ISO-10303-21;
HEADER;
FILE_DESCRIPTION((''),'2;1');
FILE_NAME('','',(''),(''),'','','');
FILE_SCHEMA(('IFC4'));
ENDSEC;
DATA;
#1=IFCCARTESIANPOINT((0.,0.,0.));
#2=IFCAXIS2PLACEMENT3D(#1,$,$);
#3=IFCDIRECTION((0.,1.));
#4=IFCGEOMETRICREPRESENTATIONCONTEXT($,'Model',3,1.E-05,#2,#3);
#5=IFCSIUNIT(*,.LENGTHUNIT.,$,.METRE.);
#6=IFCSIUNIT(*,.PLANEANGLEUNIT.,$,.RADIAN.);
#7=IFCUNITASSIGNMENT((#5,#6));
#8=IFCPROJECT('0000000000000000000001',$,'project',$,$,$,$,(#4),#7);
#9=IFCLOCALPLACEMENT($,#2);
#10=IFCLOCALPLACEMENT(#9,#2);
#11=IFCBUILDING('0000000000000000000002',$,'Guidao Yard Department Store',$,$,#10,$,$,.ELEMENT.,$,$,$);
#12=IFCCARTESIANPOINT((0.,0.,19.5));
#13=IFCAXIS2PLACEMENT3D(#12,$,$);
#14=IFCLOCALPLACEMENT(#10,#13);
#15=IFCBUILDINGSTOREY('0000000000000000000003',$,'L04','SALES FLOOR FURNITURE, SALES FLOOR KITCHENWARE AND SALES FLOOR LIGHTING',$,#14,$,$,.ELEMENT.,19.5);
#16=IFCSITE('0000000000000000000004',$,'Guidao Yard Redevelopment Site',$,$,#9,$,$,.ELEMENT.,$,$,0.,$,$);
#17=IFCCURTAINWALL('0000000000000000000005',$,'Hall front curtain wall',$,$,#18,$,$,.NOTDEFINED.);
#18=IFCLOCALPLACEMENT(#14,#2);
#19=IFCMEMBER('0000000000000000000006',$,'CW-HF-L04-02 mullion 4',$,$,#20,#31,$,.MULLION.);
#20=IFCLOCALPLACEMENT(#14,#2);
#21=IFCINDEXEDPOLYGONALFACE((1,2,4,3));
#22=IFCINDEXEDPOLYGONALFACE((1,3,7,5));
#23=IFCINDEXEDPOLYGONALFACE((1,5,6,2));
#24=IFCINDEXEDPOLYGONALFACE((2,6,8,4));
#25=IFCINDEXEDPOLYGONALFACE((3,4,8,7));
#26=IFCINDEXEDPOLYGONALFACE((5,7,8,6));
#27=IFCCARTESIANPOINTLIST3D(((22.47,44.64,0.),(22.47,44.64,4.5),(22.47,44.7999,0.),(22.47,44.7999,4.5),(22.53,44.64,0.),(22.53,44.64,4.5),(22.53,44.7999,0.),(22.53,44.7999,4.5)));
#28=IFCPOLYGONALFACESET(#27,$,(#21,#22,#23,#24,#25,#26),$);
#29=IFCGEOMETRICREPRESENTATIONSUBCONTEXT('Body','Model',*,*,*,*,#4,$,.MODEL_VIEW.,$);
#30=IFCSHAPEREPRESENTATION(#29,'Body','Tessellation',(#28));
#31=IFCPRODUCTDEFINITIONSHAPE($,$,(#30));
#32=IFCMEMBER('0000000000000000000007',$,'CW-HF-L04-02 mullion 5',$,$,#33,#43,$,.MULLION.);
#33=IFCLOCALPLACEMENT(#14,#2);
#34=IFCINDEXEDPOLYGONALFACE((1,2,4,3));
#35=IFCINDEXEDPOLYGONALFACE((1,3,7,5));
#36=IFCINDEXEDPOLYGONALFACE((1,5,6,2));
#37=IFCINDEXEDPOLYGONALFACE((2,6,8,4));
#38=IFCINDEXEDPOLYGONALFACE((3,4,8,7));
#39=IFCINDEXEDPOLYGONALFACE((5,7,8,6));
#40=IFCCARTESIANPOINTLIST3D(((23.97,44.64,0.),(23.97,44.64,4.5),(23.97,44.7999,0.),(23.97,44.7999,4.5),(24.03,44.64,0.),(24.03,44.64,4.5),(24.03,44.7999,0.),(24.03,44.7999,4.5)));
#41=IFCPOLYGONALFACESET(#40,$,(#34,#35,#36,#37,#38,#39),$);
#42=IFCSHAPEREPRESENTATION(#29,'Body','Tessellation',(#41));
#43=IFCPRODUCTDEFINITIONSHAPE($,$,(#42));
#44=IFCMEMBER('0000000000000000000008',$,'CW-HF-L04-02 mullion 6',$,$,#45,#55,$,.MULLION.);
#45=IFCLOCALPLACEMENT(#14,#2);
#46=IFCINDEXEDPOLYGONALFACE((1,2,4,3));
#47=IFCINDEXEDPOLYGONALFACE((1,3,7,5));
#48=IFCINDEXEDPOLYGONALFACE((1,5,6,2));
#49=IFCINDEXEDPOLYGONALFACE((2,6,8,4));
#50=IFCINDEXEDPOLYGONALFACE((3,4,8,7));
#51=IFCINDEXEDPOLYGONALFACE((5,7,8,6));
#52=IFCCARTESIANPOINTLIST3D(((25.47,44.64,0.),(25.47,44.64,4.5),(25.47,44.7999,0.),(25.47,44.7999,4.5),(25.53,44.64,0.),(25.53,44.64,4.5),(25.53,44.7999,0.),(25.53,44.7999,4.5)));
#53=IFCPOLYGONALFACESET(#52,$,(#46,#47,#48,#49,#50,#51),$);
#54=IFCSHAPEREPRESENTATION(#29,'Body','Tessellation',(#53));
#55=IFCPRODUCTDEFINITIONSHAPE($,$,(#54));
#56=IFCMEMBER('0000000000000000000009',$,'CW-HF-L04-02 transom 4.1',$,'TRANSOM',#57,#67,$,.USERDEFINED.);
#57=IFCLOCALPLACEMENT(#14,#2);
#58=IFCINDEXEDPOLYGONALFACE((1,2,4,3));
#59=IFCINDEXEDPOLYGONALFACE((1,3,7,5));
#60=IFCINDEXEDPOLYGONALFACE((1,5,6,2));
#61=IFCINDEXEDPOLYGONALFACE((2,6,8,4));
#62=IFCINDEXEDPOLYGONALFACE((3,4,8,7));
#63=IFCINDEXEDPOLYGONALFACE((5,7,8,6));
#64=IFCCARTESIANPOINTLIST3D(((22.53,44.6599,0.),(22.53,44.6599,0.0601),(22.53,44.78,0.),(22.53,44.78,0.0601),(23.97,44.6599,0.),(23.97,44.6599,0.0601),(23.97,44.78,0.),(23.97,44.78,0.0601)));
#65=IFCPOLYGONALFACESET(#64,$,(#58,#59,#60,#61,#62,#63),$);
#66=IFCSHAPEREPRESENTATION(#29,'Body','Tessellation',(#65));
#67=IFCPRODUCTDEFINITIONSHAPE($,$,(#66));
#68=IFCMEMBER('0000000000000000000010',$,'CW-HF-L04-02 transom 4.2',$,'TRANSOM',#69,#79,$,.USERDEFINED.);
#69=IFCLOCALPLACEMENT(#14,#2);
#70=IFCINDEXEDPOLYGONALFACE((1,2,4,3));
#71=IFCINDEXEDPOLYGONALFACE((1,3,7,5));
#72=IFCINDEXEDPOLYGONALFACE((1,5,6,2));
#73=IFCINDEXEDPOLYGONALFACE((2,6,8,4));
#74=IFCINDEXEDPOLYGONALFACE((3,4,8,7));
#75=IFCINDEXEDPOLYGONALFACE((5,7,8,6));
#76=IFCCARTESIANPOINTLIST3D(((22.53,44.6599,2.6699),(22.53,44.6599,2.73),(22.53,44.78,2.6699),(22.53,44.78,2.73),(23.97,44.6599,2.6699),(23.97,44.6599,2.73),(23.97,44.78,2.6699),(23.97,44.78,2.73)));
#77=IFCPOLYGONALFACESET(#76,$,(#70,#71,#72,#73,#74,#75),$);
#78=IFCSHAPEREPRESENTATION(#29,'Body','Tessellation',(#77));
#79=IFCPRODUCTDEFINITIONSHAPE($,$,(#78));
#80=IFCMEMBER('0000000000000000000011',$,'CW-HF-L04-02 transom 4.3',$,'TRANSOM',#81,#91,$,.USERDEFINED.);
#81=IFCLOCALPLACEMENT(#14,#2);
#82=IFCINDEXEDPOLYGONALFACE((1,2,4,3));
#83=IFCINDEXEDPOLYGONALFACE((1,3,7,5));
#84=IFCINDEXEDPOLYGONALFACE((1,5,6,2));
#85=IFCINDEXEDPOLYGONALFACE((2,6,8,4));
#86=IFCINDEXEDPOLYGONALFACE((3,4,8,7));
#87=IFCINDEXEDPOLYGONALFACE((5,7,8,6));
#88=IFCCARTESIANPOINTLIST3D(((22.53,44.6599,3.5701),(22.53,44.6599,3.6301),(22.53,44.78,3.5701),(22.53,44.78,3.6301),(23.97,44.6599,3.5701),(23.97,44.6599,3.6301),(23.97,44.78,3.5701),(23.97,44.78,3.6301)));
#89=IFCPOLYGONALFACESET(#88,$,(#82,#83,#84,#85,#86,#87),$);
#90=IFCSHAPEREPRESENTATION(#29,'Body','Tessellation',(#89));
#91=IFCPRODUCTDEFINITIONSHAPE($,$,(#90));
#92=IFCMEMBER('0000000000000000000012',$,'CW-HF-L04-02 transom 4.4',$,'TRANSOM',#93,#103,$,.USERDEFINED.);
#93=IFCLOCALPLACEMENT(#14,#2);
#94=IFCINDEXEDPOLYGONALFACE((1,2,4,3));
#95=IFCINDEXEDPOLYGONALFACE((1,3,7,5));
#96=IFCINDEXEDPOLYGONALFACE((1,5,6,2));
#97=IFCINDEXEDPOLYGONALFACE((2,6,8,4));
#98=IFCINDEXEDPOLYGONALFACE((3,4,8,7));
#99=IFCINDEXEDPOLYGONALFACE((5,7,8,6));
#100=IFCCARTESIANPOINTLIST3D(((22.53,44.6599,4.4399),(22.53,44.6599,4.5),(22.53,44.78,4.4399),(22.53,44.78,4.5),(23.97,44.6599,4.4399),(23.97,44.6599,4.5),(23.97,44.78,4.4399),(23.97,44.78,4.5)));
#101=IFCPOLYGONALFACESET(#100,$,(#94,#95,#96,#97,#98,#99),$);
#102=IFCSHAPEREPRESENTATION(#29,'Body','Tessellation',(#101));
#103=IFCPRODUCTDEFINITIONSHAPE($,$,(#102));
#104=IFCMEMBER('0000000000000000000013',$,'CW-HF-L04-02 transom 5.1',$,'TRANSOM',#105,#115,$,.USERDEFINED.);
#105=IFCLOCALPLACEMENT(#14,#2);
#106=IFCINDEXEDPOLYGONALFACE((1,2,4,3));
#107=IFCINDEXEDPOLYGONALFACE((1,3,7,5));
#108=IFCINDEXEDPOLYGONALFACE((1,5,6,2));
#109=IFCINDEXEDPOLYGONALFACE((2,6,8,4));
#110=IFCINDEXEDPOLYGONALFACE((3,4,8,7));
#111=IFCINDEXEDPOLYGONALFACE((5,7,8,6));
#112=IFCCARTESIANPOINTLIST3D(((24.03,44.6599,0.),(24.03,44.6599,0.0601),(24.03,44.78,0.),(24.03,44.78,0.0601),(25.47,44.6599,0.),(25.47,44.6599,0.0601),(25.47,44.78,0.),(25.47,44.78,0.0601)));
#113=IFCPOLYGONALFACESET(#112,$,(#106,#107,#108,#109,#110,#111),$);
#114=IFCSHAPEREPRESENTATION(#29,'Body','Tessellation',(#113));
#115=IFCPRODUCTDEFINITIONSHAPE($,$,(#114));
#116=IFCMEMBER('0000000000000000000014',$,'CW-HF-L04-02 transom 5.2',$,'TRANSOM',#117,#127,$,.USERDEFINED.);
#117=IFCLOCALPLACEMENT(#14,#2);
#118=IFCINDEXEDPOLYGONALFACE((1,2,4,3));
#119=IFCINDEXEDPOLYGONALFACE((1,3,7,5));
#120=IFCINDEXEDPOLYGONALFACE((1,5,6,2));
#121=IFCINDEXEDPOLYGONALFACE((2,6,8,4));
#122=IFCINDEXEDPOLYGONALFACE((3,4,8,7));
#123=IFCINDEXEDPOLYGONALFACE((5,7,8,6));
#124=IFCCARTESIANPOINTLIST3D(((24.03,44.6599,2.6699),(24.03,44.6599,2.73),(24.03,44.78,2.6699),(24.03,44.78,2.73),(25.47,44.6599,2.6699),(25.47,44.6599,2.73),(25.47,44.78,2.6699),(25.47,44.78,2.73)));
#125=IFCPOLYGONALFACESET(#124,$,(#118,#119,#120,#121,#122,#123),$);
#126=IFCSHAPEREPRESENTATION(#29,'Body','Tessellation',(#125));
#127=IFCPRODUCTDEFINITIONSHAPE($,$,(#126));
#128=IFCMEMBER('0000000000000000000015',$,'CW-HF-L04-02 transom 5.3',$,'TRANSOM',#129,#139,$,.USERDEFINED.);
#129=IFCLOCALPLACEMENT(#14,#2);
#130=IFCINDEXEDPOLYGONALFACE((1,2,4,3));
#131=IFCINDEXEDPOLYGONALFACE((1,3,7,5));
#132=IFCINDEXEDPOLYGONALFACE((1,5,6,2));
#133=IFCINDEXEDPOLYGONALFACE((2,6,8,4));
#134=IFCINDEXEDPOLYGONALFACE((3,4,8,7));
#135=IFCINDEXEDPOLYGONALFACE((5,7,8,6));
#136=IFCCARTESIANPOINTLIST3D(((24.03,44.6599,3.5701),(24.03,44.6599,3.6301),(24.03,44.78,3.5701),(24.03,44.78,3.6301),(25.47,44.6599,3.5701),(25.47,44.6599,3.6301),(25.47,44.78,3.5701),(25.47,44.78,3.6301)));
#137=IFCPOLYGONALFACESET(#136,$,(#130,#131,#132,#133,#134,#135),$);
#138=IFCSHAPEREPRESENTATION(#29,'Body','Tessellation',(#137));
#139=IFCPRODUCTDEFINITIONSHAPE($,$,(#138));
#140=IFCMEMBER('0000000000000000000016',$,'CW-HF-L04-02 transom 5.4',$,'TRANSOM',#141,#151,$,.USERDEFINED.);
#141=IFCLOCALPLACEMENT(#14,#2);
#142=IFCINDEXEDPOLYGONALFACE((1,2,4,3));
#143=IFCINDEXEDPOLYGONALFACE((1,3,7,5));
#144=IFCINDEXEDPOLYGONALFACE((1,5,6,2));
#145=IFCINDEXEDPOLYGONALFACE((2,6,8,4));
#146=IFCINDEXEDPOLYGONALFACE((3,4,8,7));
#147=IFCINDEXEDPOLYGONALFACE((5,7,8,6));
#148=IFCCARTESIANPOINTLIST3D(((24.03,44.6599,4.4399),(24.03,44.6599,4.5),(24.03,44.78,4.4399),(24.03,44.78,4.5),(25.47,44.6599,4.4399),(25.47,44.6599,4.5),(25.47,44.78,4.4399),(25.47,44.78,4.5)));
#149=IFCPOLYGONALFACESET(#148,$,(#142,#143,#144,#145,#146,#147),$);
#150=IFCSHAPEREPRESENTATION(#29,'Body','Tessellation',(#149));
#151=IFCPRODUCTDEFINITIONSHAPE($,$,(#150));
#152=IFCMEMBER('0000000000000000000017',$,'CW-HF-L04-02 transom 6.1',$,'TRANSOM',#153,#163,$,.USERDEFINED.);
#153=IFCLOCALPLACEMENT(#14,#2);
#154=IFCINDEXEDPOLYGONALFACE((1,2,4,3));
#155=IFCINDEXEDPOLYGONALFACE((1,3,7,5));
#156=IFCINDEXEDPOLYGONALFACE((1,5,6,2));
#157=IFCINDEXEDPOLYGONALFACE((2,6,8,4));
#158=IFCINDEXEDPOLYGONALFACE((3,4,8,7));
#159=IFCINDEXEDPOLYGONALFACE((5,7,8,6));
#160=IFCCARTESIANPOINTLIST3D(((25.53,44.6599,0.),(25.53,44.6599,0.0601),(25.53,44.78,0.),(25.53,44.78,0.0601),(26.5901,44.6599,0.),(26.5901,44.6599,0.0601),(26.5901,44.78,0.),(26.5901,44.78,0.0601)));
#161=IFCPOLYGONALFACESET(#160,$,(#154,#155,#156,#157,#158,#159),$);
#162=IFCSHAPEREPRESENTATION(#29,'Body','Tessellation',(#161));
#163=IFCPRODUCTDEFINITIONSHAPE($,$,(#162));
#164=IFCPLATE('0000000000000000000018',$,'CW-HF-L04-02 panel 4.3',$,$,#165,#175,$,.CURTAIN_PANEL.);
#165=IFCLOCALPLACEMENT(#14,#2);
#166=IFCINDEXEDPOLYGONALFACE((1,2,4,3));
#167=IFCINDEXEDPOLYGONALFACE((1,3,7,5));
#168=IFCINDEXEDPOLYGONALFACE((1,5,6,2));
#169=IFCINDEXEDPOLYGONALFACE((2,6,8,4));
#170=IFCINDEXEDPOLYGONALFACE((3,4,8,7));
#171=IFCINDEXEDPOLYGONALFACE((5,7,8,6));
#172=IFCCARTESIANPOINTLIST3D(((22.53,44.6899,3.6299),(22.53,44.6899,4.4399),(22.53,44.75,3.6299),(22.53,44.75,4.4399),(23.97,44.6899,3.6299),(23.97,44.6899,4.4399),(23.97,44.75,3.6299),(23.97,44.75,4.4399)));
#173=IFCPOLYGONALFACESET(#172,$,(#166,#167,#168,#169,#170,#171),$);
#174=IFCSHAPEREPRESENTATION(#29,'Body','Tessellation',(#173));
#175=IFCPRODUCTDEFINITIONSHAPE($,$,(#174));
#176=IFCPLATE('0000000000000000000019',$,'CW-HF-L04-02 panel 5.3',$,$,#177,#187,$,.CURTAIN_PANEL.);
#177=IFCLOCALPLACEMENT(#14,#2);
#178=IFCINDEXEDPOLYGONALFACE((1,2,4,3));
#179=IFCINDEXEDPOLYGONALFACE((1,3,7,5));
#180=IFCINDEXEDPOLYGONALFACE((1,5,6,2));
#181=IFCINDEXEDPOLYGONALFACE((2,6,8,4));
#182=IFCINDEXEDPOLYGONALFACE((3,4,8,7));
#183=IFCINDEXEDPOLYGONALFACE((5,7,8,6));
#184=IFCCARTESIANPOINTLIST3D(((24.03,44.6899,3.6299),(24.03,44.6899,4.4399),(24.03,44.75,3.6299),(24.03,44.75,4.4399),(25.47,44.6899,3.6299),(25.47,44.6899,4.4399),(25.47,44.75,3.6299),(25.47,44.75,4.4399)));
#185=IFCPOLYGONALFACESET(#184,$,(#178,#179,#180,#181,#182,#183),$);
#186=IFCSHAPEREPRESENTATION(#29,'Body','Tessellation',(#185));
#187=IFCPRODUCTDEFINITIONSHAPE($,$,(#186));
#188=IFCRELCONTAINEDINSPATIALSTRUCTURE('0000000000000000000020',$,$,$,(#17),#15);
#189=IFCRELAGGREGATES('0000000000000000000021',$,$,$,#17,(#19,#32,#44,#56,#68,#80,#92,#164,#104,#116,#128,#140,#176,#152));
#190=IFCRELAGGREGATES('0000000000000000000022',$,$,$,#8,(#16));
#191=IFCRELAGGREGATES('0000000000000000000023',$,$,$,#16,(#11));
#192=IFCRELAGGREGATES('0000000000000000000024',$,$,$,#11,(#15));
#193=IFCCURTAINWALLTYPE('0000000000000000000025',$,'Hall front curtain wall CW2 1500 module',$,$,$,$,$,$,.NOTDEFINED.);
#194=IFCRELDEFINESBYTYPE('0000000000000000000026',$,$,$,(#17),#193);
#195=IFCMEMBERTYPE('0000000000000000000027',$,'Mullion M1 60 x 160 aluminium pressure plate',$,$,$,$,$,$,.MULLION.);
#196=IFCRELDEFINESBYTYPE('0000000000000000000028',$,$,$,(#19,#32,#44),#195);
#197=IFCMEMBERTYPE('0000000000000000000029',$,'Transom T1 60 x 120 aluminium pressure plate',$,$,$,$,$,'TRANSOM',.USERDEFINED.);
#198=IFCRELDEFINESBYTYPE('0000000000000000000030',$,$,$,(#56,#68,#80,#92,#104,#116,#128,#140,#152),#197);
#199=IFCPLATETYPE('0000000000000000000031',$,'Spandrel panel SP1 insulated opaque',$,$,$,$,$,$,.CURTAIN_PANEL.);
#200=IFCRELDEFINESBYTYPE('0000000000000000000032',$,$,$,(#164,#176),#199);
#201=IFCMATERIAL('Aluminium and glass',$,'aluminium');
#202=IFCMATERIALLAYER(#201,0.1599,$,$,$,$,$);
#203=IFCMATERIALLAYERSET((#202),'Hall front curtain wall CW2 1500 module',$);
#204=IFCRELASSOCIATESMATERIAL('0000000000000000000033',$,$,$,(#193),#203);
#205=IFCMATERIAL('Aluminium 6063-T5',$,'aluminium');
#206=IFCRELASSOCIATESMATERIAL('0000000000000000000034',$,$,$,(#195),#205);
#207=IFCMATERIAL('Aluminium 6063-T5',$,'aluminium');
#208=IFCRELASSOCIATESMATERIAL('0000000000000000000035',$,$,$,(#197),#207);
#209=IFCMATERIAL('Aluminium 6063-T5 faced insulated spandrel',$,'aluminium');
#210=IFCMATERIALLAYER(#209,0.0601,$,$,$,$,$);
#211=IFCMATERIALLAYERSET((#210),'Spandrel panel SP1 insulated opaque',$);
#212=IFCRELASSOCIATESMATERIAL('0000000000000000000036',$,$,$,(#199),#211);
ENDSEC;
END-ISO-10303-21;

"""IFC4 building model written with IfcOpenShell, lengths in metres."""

from ifc_helpers import new_model, si_unit, direction, frame, origin, origin_2d, place, context, subcontext, project, spatial, rectangle, extrude, material, layer, layer_set, material_profile, profile_set, type_object, element, aggregate, save


model = new_model("IFC4")

# Units and contexts
model_context = context("Model", 3, precision=1e-05, world=origin(), true_north=direction((0.0, 1.0)))
body_context = subcontext(model_context, "Body", "Model", "MODEL_VIEW")
ifc_project = project(units=[si_unit("LENGTHUNIT", "METRE"), si_unit("PLANEANGLEUNIT", "RADIAN")], contexts=[model_context])

# Site, building, storey
site_placement = place(None, origin())
site = spatial("IfcSite", under=ifc_project, at=site_placement, Name="Guidao Yard Redevelopment Site", CompositionType="ELEMENT", RefElevation=0.0)
building_placement = place(site_placement, origin())
building = spatial("IfcBuilding", under=site, at=building_placement, Name="Guidao Yard Department Store", CompositionType="ELEMENT")
storey_placement = place(building_placement, frame((0.0, 0.0, 19.5)))
storey = spatial("IfcBuildingStorey", under=building, at=storey_placement, Name="L04", Description="SALES FLOOR FURNITURE, SALES FLOOR KITCHENWARE AND SALES FLOOR LIGHTING", CompositionType="ELEMENT", Elevation=19.5)

# Curtain wall, members, plates
ifc_material_1 = material(Name="Aluminium and glass", Category="aluminium")
ifc_layer_1 = layer(ifc_material_1, 0.1599)
ifc_layer_set_1 = layer_set([ifc_layer_1], Name="Hall front curtain wall CW2 1500 module")
curtain_wall_type = type_object("IfcCurtainWallType", Name="Hall front curtain wall CW2 1500 module", PredefinedType="NOTDEFINED", material=ifc_layer_set_1)
curtain_wall_placement = place(storey_placement, origin())
curtain_wall = element("IfcCurtainWall", 1, at=curtain_wall_placement, inside=storey, type_object=curtain_wall_type, Name="Hall front curtain wall", PredefinedType="NOTDEFINED")
ifc_material_2 = material(Name="Aluminium 6063-T5", Category="aluminium")
ifc_material_profile_1 = material_profile(ifc_material_2, rectangle(XDim=0.0601, YDim=0.1599, at=origin_2d()), Name="Mullion M1 60 x 160 aluminium pressure plate")
ifc_profile_set_1 = profile_set([ifc_material_profile_1], Name="Aluminium 6063-T5")
member_type_1 = type_object("IfcMemberType", Name="Mullion M1 60 x 160 aluminium pressure plate", PredefinedType="MULLION", material=ifc_profile_set_1)
member_1_placement = place(storey_placement, frame((22.5, 44.72, 0.0), z_axis=(0.0, 0.0, 1.0), x_axis=(-1.0, 0.0, 0.0)))
member_1 = element("IfcMember", 2, at=member_1_placement, type_object=member_type_1, Name="CW-HF-L04-02 mullion 4", PredefinedType="MULLION", context=body_context, shape_type="SweptSolid", body=[
    extrude(rectangle(XDim=0.0601, YDim=0.1599, at=origin_2d()), origin(), (0.0, 0.0, 1.0), 4.5),
])
member_2_placement = place(storey_placement, frame((24.0, 44.72, 0.0), z_axis=(0.0, 0.0, 1.0), x_axis=(-1.0, 0.0, 0.0)))
member_2 = element("IfcMember", 3, at=member_2_placement, type_object=member_type_1, Name="CW-HF-L04-02 mullion 5", PredefinedType="MULLION", context=body_context, shape_type="SweptSolid", body=[
    extrude(rectangle(XDim=0.0601, YDim=0.1599, at=origin_2d()), origin(), (0.0, 0.0, 1.0), 4.5),
])
member_3_placement = place(storey_placement, frame((25.5, 44.72, 0.0), z_axis=(0.0, 0.0, 1.0), x_axis=(-1.0, 0.0, 0.0)))
member_3 = element("IfcMember", 4, at=member_3_placement, type_object=member_type_1, Name="CW-HF-L04-02 mullion 6", PredefinedType="MULLION", context=body_context, shape_type="SweptSolid", body=[
    extrude(rectangle(XDim=0.0601, YDim=0.1599, at=origin_2d()), origin(), (0.0, 0.0, 1.0), 4.5),
])
ifc_material_3 = material(Name="Aluminium 6063-T5", Category="aluminium")
ifc_material_profile_2 = material_profile(ifc_material_3, rectangle(XDim=0.1201, YDim=0.0601, at=origin_2d()), Name="Transom T1 60 x 120 aluminium pressure plate")
ifc_profile_set_2 = profile_set([ifc_material_profile_2], Name="Aluminium 6063-T5")
member_type_2 = type_object("IfcMemberType", Name="Transom T1 60 x 120 aluminium pressure plate", ElementType="TRANSOM", PredefinedType="USERDEFINED", material=ifc_profile_set_2)
member_4_placement = place(storey_placement, frame((23.97, 44.72, 0.03), z_axis=(-1.0, 0.0, 0.0), x_axis=(0.0, -1.0, 0.0)))
member_4 = element("IfcMember", 5, at=member_4_placement, type_object=member_type_2, Name="CW-HF-L04-02 transom 4.1", ObjectType="TRANSOM", PredefinedType="USERDEFINED", context=body_context, shape_type="SweptSolid", body=[
    extrude(rectangle(XDim=0.1201, YDim=0.0601, at=origin_2d()), origin(), (0.0, 0.0, 1.0), 1.4399),
])
member_5_placement = place(storey_placement, frame((23.97, 44.72, 2.7), z_axis=(-1.0, 0.0, 0.0), x_axis=(0.0, -1.0, 0.0)))
member_5 = element("IfcMember", 6, at=member_5_placement, type_object=member_type_2, Name="CW-HF-L04-02 transom 4.2", ObjectType="TRANSOM", PredefinedType="USERDEFINED", context=body_context, shape_type="SweptSolid", body=[
    extrude(rectangle(XDim=0.1201, YDim=0.0601, at=origin_2d()), origin(), (0.0, 0.0, 1.0), 1.4399),
])
member_6_placement = place(storey_placement, frame((23.97, 44.72, 3.6001), z_axis=(-1.0, 0.0, 0.0), x_axis=(0.0, -1.0, 0.0)))
member_6 = element("IfcMember", 7, at=member_6_placement, type_object=member_type_2, Name="CW-HF-L04-02 transom 4.3", ObjectType="TRANSOM", PredefinedType="USERDEFINED", context=body_context, shape_type="SweptSolid", body=[
    extrude(rectangle(XDim=0.1201, YDim=0.0601, at=origin_2d()), origin(), (0.0, 0.0, 1.0), 1.4399),
])
member_7_placement = place(storey_placement, frame((23.97, 44.72, 4.47), z_axis=(-1.0, 0.0, 0.0), x_axis=(0.0, -1.0, 0.0)))
member_7 = element("IfcMember", 8, at=member_7_placement, type_object=member_type_2, Name="CW-HF-L04-02 transom 4.4", ObjectType="TRANSOM", PredefinedType="USERDEFINED", context=body_context, shape_type="SweptSolid", body=[
    extrude(rectangle(XDim=0.1201, YDim=0.0601, at=origin_2d()), origin(), (0.0, 0.0, 1.0), 1.4399),
])
member_8_placement = place(storey_placement, frame((25.47, 44.72, 0.03), z_axis=(-1.0, 0.0, 0.0), x_axis=(0.0, -1.0, 0.0)))
member_8 = element("IfcMember", 9, at=member_8_placement, type_object=member_type_2, Name="CW-HF-L04-02 transom 5.1", ObjectType="TRANSOM", PredefinedType="USERDEFINED", context=body_context, shape_type="SweptSolid", body=[
    extrude(rectangle(XDim=0.1201, YDim=0.0601, at=origin_2d()), origin(), (0.0, 0.0, 1.0), 1.4399),
])
member_9_placement = place(storey_placement, frame((25.47, 44.72, 2.7), z_axis=(-1.0, 0.0, 0.0), x_axis=(0.0, -1.0, 0.0)))
member_9 = element("IfcMember", 10, at=member_9_placement, type_object=member_type_2, Name="CW-HF-L04-02 transom 5.2", ObjectType="TRANSOM", PredefinedType="USERDEFINED", context=body_context, shape_type="SweptSolid", body=[
    extrude(rectangle(XDim=0.1201, YDim=0.0601, at=origin_2d()), origin(), (0.0, 0.0, 1.0), 1.4399),
])
member_10_placement = place(storey_placement, frame((25.47, 44.72, 3.6001), z_axis=(-1.0, 0.0, 0.0), x_axis=(0.0, -1.0, 0.0)))
member_10 = element("IfcMember", 11, at=member_10_placement, type_object=member_type_2, Name="CW-HF-L04-02 transom 5.3", ObjectType="TRANSOM", PredefinedType="USERDEFINED", context=body_context, shape_type="SweptSolid", body=[
    extrude(rectangle(XDim=0.1201, YDim=0.0601, at=origin_2d()), origin(), (0.0, 0.0, 1.0), 1.4399),
])
member_11_placement = place(storey_placement, frame((25.47, 44.72, 4.47), z_axis=(-1.0, 0.0, 0.0), x_axis=(0.0, -1.0, 0.0)))
member_11 = element("IfcMember", 12, at=member_11_placement, type_object=member_type_2, Name="CW-HF-L04-02 transom 5.4", ObjectType="TRANSOM", PredefinedType="USERDEFINED", context=body_context, shape_type="SweptSolid", body=[
    extrude(rectangle(XDim=0.1201, YDim=0.0601, at=origin_2d()), origin(), (0.0, 0.0, 1.0), 1.4399),
])
member_12_placement = place(storey_placement, frame((26.5901, 44.72, 0.03), z_axis=(-1.0, 0.0, 0.0), x_axis=(0.0, -1.0, 0.0)))
member_12 = element("IfcMember", 13, at=member_12_placement, type_object=member_type_2, Name="CW-HF-L04-02 transom 6.1", ObjectType="TRANSOM", PredefinedType="USERDEFINED", context=body_context, shape_type="SweptSolid", body=[
    extrude(rectangle(XDim=0.1201, YDim=0.0601, at=origin_2d()), origin(), (0.0, 0.0, 1.0), 1.0601),
])
ifc_material_4 = material(Name="Aluminium 6063-T5 faced insulated spandrel", Category="aluminium")
ifc_layer_2 = layer(ifc_material_4, 0.0601)
ifc_layer_set_2 = layer_set([ifc_layer_2], Name="Spandrel panel SP1 insulated opaque")
plate_type_1 = type_object("IfcPlateType", Name="Spandrel panel SP1 insulated opaque", PredefinedType="CURTAIN_PANEL", material=ifc_layer_set_2)
plate_1_placement = place(storey_placement, frame((23.25, 44.72, 3.6299), z_axis=(0.0, 0.0, 1.0), x_axis=(-1.0, 0.0, 0.0)))
plate_1 = element("IfcPlate", 14, at=plate_1_placement, type_object=plate_type_1, Name="CW-HF-L04-02 panel 4.3", PredefinedType="CURTAIN_PANEL", context=body_context, shape_type="SweptSolid", body=[
    extrude(rectangle(XDim=1.4399, YDim=0.0601, at=origin_2d()), origin(), (0.0, 0.0, 1.0), 0.8101),
])
plate_2_placement = place(storey_placement, frame((24.75, 44.72, 3.6299), z_axis=(0.0, 0.0, 1.0), x_axis=(-1.0, 0.0, 0.0)))
plate_2 = element("IfcPlate", 15, at=plate_2_placement, type_object=plate_type_1, Name="CW-HF-L04-02 panel 5.3", PredefinedType="CURTAIN_PANEL", context=body_context, shape_type="SweptSolid", body=[
    extrude(rectangle(XDim=1.4399, YDim=0.0601, at=origin_2d()), origin(), (0.0, 0.0, 1.0), 0.8101),
])
aggregate(curtain_wall, [member_1, member_2, member_3, member_4, member_5, member_6, member_7, plate_1, member_8, member_9, member_10, member_11, plate_2, member_12])

save(model, "model.ifc")
